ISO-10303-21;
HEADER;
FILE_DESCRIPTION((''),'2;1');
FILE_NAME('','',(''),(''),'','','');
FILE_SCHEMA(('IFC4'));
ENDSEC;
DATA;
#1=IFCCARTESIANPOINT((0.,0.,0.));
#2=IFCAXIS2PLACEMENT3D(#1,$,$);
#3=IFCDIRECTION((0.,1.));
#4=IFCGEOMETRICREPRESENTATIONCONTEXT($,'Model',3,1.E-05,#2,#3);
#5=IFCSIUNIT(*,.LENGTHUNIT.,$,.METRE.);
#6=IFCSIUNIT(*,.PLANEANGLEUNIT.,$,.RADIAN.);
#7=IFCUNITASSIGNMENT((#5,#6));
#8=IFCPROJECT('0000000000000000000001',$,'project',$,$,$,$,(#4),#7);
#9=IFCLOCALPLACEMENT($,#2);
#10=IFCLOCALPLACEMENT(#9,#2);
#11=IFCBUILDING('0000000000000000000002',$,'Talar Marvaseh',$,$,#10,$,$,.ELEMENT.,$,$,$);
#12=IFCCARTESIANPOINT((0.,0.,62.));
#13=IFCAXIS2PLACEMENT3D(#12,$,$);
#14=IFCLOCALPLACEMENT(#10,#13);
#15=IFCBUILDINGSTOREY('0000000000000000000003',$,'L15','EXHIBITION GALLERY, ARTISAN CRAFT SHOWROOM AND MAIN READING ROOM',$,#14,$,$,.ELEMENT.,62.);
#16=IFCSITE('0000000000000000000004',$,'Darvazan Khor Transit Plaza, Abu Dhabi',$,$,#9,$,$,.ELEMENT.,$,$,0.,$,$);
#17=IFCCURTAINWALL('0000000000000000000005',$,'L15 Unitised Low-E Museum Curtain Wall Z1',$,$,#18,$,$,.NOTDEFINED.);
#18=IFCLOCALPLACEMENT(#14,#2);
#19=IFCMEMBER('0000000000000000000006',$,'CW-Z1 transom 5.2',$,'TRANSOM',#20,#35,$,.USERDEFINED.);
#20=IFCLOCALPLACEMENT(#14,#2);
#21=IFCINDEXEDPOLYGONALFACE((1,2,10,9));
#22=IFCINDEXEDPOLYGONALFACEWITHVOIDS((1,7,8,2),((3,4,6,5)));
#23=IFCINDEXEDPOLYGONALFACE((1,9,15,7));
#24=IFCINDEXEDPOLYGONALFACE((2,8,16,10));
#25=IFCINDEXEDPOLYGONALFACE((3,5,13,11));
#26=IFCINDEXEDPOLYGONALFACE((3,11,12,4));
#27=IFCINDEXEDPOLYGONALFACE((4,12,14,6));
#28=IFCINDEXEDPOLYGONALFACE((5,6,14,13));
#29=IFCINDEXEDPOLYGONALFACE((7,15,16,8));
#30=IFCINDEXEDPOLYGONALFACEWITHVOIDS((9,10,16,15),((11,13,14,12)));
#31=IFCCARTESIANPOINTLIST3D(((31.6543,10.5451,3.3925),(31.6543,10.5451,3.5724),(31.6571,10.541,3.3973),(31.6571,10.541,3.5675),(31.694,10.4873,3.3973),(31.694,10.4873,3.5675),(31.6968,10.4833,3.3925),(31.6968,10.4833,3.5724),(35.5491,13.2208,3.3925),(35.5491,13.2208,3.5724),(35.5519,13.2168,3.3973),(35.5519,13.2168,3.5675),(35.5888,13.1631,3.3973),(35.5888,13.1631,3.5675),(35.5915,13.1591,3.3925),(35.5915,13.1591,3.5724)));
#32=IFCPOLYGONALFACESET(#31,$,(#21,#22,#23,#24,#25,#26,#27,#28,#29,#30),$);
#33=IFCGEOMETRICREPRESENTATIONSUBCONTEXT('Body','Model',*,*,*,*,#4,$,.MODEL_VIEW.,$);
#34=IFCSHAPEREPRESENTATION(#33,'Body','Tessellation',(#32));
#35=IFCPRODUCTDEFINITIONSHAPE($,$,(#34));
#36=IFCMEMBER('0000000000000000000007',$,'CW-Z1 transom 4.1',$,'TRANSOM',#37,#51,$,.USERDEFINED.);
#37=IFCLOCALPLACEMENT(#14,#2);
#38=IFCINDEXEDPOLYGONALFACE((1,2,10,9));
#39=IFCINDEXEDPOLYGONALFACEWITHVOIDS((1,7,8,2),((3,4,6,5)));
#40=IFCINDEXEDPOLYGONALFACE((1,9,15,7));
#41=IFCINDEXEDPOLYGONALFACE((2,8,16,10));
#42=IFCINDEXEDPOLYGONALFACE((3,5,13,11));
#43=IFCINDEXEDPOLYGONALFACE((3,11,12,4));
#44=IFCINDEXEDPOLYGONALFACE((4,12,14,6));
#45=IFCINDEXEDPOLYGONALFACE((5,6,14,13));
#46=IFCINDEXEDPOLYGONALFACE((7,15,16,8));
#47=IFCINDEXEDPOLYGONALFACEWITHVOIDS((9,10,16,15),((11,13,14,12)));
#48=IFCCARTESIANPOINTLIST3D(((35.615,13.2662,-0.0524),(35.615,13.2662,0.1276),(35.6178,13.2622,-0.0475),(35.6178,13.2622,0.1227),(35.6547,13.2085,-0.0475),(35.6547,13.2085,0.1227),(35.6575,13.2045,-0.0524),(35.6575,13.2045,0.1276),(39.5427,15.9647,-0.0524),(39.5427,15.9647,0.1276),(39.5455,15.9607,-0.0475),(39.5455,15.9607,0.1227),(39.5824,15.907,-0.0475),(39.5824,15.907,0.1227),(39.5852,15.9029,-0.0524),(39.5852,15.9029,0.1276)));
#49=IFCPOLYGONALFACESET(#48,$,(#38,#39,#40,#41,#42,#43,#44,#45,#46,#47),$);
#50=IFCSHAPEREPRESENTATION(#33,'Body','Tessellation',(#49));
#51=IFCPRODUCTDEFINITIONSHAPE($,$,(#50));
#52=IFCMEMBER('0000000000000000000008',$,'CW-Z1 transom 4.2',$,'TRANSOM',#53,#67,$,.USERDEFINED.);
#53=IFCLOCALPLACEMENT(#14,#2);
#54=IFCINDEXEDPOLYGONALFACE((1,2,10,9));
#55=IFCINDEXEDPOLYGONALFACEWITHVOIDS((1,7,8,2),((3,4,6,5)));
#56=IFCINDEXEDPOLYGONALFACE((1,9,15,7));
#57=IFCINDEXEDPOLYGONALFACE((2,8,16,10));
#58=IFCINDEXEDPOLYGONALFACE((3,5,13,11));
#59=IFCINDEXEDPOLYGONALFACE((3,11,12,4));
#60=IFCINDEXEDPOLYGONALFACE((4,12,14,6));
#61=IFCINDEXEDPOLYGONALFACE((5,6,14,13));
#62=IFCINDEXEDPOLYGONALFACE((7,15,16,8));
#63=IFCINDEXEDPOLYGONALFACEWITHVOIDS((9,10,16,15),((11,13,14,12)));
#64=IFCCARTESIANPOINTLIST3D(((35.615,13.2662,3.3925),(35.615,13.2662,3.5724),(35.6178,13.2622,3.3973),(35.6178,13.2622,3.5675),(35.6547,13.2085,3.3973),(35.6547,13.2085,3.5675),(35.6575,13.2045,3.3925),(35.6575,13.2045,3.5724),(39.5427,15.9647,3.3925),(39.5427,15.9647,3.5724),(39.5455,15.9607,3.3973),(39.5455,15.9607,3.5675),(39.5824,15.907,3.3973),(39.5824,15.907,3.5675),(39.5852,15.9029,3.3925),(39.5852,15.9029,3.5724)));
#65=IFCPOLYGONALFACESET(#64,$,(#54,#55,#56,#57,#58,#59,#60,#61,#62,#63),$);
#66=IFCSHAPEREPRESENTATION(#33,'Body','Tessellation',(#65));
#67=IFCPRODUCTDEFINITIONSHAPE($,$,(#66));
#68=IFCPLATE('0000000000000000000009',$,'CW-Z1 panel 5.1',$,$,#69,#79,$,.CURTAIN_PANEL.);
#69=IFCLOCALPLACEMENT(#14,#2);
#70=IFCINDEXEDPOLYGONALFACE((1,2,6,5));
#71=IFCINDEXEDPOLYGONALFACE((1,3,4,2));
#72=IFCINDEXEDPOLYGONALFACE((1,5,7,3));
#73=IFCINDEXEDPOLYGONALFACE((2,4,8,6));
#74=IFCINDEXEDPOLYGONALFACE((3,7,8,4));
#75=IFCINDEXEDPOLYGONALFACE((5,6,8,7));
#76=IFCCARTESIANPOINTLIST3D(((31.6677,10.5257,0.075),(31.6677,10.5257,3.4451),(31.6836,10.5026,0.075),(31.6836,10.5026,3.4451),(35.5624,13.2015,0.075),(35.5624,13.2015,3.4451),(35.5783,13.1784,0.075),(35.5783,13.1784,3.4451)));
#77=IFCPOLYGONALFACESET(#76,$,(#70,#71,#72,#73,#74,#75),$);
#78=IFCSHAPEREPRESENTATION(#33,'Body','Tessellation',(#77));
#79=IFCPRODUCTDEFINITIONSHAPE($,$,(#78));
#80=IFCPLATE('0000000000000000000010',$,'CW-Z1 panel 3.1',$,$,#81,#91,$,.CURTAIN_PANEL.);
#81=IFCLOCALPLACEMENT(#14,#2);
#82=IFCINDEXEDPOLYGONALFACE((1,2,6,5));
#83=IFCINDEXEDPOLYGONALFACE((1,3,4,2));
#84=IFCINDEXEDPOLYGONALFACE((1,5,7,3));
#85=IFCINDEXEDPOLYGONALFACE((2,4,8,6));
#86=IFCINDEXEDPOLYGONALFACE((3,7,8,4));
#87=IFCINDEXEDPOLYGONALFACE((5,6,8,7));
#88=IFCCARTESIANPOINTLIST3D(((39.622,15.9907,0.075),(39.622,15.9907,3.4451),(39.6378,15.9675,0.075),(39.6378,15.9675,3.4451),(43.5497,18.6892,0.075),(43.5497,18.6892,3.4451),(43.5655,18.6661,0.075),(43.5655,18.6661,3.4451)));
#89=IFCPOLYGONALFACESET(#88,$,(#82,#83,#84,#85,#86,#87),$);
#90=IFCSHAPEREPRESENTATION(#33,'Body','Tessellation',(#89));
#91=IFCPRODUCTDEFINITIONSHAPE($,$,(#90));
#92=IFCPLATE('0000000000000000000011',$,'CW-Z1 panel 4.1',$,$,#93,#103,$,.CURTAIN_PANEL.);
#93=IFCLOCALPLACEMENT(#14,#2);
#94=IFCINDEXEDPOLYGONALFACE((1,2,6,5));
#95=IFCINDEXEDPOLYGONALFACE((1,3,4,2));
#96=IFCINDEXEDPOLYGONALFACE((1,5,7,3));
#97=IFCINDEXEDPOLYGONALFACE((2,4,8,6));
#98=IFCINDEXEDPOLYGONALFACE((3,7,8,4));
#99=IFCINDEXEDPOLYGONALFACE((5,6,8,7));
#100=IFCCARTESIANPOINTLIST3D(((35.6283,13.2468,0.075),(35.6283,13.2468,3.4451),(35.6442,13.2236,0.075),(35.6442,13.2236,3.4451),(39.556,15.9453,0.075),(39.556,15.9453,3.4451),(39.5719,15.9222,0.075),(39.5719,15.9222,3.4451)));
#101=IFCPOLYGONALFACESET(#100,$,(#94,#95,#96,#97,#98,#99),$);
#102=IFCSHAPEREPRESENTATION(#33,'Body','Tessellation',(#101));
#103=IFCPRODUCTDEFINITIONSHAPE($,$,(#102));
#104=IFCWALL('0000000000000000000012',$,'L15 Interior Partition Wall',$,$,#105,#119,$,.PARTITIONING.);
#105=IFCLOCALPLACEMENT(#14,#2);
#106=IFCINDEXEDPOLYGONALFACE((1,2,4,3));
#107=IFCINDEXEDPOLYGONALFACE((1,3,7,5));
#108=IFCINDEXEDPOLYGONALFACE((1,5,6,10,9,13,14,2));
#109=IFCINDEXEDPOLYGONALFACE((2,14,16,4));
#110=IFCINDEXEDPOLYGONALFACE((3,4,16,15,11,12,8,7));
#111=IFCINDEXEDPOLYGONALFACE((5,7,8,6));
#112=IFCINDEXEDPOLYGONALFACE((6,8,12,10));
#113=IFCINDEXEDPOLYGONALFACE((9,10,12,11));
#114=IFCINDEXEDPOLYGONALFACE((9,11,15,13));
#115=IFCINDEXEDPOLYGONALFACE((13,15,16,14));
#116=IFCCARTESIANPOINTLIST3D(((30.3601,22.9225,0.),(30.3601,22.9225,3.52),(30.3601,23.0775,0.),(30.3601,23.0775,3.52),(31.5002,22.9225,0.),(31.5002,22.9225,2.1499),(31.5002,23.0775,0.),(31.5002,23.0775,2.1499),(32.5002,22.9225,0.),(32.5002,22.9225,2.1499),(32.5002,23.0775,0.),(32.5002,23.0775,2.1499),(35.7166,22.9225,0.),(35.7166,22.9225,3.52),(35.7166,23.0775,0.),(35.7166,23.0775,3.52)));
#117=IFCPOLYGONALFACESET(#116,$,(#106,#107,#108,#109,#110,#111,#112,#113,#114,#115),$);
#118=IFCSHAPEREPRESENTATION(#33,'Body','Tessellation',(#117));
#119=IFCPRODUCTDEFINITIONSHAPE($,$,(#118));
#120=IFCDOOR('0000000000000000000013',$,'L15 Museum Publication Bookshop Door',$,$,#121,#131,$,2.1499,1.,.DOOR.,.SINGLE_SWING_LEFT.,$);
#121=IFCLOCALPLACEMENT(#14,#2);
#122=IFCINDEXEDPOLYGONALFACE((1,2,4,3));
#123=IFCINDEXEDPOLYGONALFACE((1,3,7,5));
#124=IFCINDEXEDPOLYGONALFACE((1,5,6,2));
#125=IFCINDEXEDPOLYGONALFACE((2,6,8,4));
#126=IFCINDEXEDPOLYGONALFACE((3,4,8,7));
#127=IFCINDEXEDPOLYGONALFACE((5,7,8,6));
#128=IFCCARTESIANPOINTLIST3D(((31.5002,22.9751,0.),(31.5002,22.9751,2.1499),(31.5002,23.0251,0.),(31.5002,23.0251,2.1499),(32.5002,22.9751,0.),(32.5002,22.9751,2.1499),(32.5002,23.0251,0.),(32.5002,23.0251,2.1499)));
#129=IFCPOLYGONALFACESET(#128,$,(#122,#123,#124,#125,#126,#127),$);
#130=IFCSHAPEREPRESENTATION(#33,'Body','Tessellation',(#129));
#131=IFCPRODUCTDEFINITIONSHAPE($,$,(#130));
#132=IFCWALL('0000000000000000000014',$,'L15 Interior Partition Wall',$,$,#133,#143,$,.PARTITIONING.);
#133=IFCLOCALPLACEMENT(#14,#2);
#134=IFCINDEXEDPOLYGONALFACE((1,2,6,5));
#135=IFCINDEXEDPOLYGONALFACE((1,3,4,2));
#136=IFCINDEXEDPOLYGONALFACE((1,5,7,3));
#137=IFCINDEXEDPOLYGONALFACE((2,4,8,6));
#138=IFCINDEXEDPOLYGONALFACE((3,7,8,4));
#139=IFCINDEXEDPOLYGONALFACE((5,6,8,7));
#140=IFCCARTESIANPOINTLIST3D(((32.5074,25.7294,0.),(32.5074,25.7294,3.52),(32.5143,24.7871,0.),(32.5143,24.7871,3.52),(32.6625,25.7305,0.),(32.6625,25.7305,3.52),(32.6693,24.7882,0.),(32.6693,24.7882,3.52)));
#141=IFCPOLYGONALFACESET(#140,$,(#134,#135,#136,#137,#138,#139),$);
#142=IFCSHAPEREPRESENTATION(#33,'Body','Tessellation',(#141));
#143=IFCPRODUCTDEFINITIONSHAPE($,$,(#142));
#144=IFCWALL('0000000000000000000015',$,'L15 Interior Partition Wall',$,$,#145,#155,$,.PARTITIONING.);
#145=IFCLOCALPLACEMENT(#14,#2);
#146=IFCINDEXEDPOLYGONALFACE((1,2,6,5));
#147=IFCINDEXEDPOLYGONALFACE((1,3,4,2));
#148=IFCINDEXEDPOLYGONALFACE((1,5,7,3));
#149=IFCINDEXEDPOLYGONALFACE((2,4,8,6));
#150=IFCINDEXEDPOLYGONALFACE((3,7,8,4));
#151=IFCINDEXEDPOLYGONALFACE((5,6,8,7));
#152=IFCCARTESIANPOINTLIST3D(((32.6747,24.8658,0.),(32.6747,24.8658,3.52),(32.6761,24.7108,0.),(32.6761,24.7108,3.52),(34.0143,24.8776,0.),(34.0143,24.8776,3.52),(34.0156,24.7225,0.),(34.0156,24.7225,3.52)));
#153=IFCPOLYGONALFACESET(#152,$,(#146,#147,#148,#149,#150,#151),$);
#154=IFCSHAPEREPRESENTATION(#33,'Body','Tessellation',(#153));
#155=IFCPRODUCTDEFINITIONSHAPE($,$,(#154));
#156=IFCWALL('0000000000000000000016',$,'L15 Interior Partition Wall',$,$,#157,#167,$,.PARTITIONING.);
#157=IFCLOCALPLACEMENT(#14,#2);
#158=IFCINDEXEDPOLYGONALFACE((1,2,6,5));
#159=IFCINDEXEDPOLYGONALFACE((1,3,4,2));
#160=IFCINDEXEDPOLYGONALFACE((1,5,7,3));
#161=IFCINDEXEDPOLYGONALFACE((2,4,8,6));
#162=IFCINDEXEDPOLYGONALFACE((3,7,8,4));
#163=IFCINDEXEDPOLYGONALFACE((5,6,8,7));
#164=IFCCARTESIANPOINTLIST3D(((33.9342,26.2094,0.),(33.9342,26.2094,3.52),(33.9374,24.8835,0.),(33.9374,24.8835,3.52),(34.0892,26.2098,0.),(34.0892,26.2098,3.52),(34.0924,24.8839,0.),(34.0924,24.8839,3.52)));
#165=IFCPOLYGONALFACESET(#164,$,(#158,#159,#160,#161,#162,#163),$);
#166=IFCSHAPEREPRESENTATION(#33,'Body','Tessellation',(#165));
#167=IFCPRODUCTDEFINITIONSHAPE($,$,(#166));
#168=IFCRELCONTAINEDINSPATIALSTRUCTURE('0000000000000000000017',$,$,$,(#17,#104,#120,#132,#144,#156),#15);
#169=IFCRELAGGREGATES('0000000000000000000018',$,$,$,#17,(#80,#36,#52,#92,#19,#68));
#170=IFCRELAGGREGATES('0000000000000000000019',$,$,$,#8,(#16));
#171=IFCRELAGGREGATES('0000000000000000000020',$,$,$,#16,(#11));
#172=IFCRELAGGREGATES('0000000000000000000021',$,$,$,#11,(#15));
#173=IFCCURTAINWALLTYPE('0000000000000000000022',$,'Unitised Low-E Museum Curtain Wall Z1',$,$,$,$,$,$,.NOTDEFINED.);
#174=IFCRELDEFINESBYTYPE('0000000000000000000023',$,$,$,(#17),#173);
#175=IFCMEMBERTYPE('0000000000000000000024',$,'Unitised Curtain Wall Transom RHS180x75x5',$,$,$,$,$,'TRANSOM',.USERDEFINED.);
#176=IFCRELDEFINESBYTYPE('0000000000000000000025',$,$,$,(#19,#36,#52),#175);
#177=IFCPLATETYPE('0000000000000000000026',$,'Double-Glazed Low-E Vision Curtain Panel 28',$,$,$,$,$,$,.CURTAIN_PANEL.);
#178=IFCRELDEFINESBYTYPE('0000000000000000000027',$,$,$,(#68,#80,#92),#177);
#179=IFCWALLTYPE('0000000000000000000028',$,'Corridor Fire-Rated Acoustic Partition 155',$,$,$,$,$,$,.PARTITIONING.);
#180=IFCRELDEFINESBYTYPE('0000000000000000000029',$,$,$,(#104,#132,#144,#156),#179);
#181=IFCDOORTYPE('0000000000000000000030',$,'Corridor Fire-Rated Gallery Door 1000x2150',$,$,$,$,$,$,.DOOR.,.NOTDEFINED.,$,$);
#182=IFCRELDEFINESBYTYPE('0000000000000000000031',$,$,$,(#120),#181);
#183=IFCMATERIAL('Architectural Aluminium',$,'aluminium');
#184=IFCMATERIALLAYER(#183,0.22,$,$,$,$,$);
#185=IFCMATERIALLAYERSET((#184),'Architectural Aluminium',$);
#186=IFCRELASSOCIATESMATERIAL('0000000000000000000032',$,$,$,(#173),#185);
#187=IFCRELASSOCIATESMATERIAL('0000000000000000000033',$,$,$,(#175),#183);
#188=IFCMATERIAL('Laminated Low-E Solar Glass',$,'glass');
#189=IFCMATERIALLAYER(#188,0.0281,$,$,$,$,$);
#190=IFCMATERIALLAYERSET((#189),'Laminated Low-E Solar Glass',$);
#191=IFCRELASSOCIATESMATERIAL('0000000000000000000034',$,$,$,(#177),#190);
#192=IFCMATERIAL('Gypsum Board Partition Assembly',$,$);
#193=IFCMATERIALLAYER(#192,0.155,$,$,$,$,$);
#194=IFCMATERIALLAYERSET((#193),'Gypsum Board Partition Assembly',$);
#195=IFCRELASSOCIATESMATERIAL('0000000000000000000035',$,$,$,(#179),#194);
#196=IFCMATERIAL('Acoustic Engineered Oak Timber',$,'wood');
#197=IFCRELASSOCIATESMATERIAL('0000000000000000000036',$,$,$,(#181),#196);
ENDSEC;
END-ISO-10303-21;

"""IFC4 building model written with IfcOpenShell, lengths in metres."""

from ifc_helpers import new_model, si_unit, direction, frame, frame_2d, origin, origin_2d, place, context, subcontext, project, spatial, rectangle, hollow_rectangle, extrude, source, transform, mapped, material, layer, layer_set, material_profile, profile_set, type_object, type_shapes, element, fill, aggregate, save


model = new_model("IFC4")

# Units and contexts
model_context = context("Model", 3, precision=1e-05, world=origin(), true_north=direction((0.0, 1.0)))
body_context = subcontext(model_context, "Body", "Model", "MODEL_VIEW")
ifc_project = project(units=[si_unit("LENGTHUNIT", "METRE"), si_unit("PLANEANGLEUNIT", "RADIAN")], contexts=[model_context])

# Site, building, storey
site_placement = place(None, origin())
site = spatial("IfcSite", under=ifc_project, at=site_placement, Name="Darvazan Khor Transit Plaza, Abu Dhabi", CompositionType="ELEMENT", RefElevation=0.0)
building_placement = place(site_placement, origin())
building = spatial("IfcBuilding", under=site, at=building_placement, Name="Talar Marvaseh", CompositionType="ELEMENT")
storey_placement = place(building_placement, frame((0.0, 0.0, 62.0)))
storey = spatial("IfcBuildingStorey", under=building, at=storey_placement, Name="L15", Description="EXHIBITION GALLERY, ARTISAN CRAFT SHOWROOM AND MAIN READING ROOM", CompositionType="ELEMENT", Elevation=62.0)

# Curtain wall, members, plates
ifc_material_1 = material(Name="Architectural Aluminium", Category="aluminium")
ifc_layer_1 = layer(ifc_material_1, 0.22)
ifc_layer_set_1 = layer_set([ifc_layer_1], Name="Architectural Aluminium")
curtain_wall_type = type_object("IfcCurtainWallType", Name="Unitised Low-E Museum Curtain Wall Z1", PredefinedType="NOTDEFINED", material=ifc_layer_set_1)
curtain_wall_placement = place(storey_placement, origin())
curtain_wall = element("IfcCurtainWall", 1, at=curtain_wall_placement, inside=storey, type_object=curtain_wall_type, Name="L15 Unitised Low-E Museum Curtain Wall Z1", PredefinedType="NOTDEFINED")
ifc_material_profile_1 = material_profile(ifc_material_1, hollow_rectangle(XDim=0.075, YDim=0.1799, WallThickness=0.0049, at=origin_2d()), Name="RHS180x75x5")
ifc_profile_set_1 = profile_set([ifc_material_profile_1], Name="Architectural Aluminium")
member_type_1 = type_object("IfcMemberType", Name="Unitised Curtain Wall Transom RHS180x75x5", ElementType="TRANSOM", PredefinedType="USERDEFINED", material=ifc_profile_set_1)
shared_shape_1 = source(origin(), body_context, "Body", "SweptSolid", [
    extrude(hollow_rectangle(XDim=0.075, YDim=0.1799, WallThickness=0.0049, at=origin_2d()), origin(), (0.0, 0.0, 1.0), 4.7253),
])
member_1_placement = place(storey_placement, frame((35.5703, 13.1899, 3.4824), z_axis=(-0.824227, -0.566259, 0.0), x_axis=(0.566259, -0.824227, 0.0)))
member_1 = element("IfcMember", 2, at=member_1_placement, type_object=member_type_1, Name="CW-Z1 transom 5.2", ObjectType="TRANSOM", PredefinedType="USERDEFINED", context=body_context, shape_type="MappedRepresentation", body=[
    mapped(shared_shape_1, transform((0.0, 0.0, 0.0), x_axis=(1.0, 0.0, 0.0), y_axis=(0.0, 1.0, 0.0), z_axis=(0.0, 0.0, 1.0), scale=1.0)),
])
shared_shape_2 = source(origin(), body_context, "Body", "SweptSolid", [
    extrude(hollow_rectangle(XDim=0.075, YDim=0.1799, WallThickness=0.0049, at=origin_2d()), origin(), (0.0, 0.0, 1.0), 4.7654),
])
type_shapes(member_type_1, [shared_shape_1, shared_shape_2])
member_2_placement = place(storey_placement, frame((39.564, 15.9338, 0.0376), z_axis=(-0.824221, -0.566268, 0.0), x_axis=(0.566268, -0.824221, 0.0)))
member_2 = element("IfcMember", 3, at=member_2_placement, type_object=member_type_1, Name="CW-Z1 transom 4.1", ObjectType="TRANSOM", PredefinedType="USERDEFINED", context=body_context, shape_type="MappedRepresentation", body=[
    mapped(shared_shape_2, transform((0.0, 0.0, 0.0), x_axis=(1.0, 0.0, 0.0), y_axis=(0.0, 1.0, 0.0), z_axis=(0.0, 0.0, 1.0), scale=1.0)),
])
member_3_placement = place(storey_placement, frame((39.564, 15.9338, 3.4824), z_axis=(-0.824221, -0.566268, 0.0), x_axis=(0.566268, -0.824221, 0.0)))
member_3 = element("IfcMember", 4, at=member_3_placement, type_object=member_type_1, Name="CW-Z1 transom 4.2", ObjectType="TRANSOM", PredefinedType="USERDEFINED", context=body_context, shape_type="MappedRepresentation", body=[
    mapped(shared_shape_2, transform((0.0, 0.0, 0.0), x_axis=(1.0, 0.0, 0.0), y_axis=(0.0, 1.0, 0.0), z_axis=(0.0, 0.0, 1.0), scale=1.0)),
])
ifc_material_2 = material(Name="Laminated Low-E Solar Glass", Category="glass")
ifc_layer_2 = layer(ifc_material_2, 0.0281)
ifc_layer_set_2 = layer_set([ifc_layer_2], Name="Laminated Low-E Solar Glass")
plate_type = type_object("IfcPlateType", Name="Double-Glazed Low-E Vision Curtain Panel 28", PredefinedType="CURTAIN_PANEL", material=ifc_layer_set_2)
shared_shape_3 = source(origin(), body_context, "Body", "SweptSolid", [
    extrude(rectangle(XDim=4.7253, YDim=0.0281, at=origin_2d()), origin(), (0.0, 0.0, 1.0), 3.3701),
])
plate_1_placement = place(storey_placement, frame((33.623, 11.8521, 0.075), z_axis=(0.0, 0.0, 1.0), x_axis=(-0.824215, -0.566277, 0.0)))
plate_1 = element("IfcPlate", 5, at=plate_1_placement, type_object=plate_type, Name="CW-Z1 panel 5.1", PredefinedType="CURTAIN_PANEL", context=body_context, shape_type="MappedRepresentation", body=[
    mapped(shared_shape_3, transform((0.0, 0.0, 0.0), x_axis=(1.0, 0.0, 0.0), y_axis=(0.0, 1.0, 0.0), z_axis=(0.0, 0.0, 1.0), scale=1.0)),
])
shared_shape_4 = source(origin(), body_context, "Body", "SweptSolid", [
    extrude(rectangle(XDim=4.7654, YDim=0.0281, at=origin_2d()), origin(), (0.0, 0.0, 1.0), 3.3701),
])
type_shapes(plate_type, [shared_shape_3, shared_shape_4])
plate_2_placement = place(storey_placement, frame((41.5938, 17.3284, 0.075), z_axis=(0.0, 0.0, 1.0), x_axis=(-0.824215, -0.566277, 0.0)))
plate_2 = element("IfcPlate", 6, at=plate_2_placement, type_object=plate_type, Name="CW-Z1 panel 3.1", PredefinedType="CURTAIN_PANEL", context=body_context, shape_type="MappedRepresentation", body=[
    mapped(shared_shape_4, transform((0.0, 0.0, 0.0), x_axis=(1.0, 0.0, 0.0), y_axis=(0.0, 1.0, 0.0), z_axis=(0.0, 0.0, 1.0), scale=1.0)),
])
plate_3_placement = place(storey_placement, frame((37.6001, 14.5845, 0.075), z_axis=(0.0, 0.0, 1.0), x_axis=(-0.824215, -0.566277, 0.0)))
plate_3 = element("IfcPlate", 7, at=plate_3_placement, type_object=plate_type, Name="CW-Z1 panel 4.1", PredefinedType="CURTAIN_PANEL", context=body_context, shape_type="MappedRepresentation", body=[
    mapped(shared_shape_4, transform((0.0, 0.0, 0.0), x_axis=(1.0, 0.0, 0.0), y_axis=(0.0, 1.0, 0.0), z_axis=(0.0, 0.0, 1.0), scale=1.0)),
])
aggregate(curtain_wall, [plate_2, member_2, member_3, plate_3, member_1, plate_1])

# Wall, opening, door
ifc_material_3 = material(Name="Gypsum Board Partition Assembly")
ifc_layer_3 = layer(ifc_material_3, 0.155)
ifc_layer_set_3 = layer_set([ifc_layer_3], Name="Gypsum Board Partition Assembly")
wall_type_1 = type_object("IfcWallType", Name="Corridor Fire-Rated Acoustic Partition 155", PredefinedType="PARTITIONING", material=ifc_layer_set_3)
wall_1_placement = place(storey_placement, frame((35.7166, 23.0, 0.0), z_axis=(0.0, 0.0, 1.0), x_axis=(-1.0, 0.0, 0.0)))
wall_1 = element("IfcWall", 8, at=wall_1_placement, inside=storey, type_object=wall_type_1, Name="L15 Interior Partition Wall", PredefinedType="PARTITIONING", context=body_context, shape_type="SweptSolid", body=[
    extrude(rectangle(XDim=5.3564, YDim=0.155, at=frame_2d((2.6782, 0.0))), origin(), (0.0, 0.0, 1.0), 3.52),
])
opening_1_placement = place(wall_1_placement, frame((3.2163, 0.0, 0.0)))
opening_1 = element("IfcOpeningElement", 9, at=opening_1_placement, cuts=wall_1, PredefinedType="OPENING", context=body_context, shape_type="SweptSolid", body=[
    extrude(rectangle(XDim=1.0, YDim=2.1499, at=frame_2d((0.5, 1.075))), frame((0.0, 0.0874, 0.0), z_axis=(0.0, -1.0, 0.0), x_axis=(1.0, 0.0, 0.0)), (0.0, 0.0, 1.0), 0.175),
])
ifc_material_4 = material(Name="Acoustic Engineered Oak Timber", Category="wood")
door_type_1 = type_object("IfcDoorType", Name="Corridor Fire-Rated Gallery Door 1000x2150", OperationType="NOTDEFINED", PredefinedType="DOOR", material=ifc_material_4)
shared_shape_5 = source(origin(), body_context, "Body", "SweptSolid", [
    extrude(rectangle(XDim=1.0, YDim=2.1499, at=frame_2d((0.5, 1.075))), frame((0.0, 0.0249, 0.0), z_axis=(0.0, -1.0, 0.0), x_axis=(1.0, 0.0, 0.0)), (0.0, 0.0, 1.0), 0.05),
])
type_shapes(door_type_1, [shared_shape_5])
door_1_placement = place(opening_1_placement, origin())
door_1 = element("IfcDoor", 10, at=door_1_placement, inside=storey, type_object=door_type_1, Name="L15 Museum Publication Bookshop Door", OperationType="SINGLE_SWING_LEFT", OverallHeight=2.1499, OverallWidth=1.0, PredefinedType="DOOR", context=body_context, shape_type="MappedRepresentation", body=[
    mapped(shared_shape_5, transform((0.0, 0.0, 0.0), x_axis=(1.0, 0.0, 0.0), y_axis=(0.0, 1.0, 0.0), z_axis=(0.0, 0.0, 1.0), scale=1.0)),
])
fill(opening_1, door_1)

# Walls
wall_2_placement = place(storey_placement, frame((32.585, 25.73, 0.0), z_axis=(0.0, 0.0, 1.0), x_axis=(0.007254, -0.999974, 0.0)))
element("IfcWall", 11, at=wall_2_placement, inside=storey, type_object=wall_type_1, Name="L15 Interior Partition Wall", PredefinedType="PARTITIONING", context=body_context, shape_type="SweptSolid", body=[
    extrude(rectangle(XDim=0.9424, YDim=0.155, at=frame_2d((0.4712, 0.0))), origin(), (0.0, 0.0, 1.0), 3.52),
])
wall_3_placement = place(storey_placement, frame((32.6753, 24.7883, 0.0), z_axis=(0.0, 0.0, 1.0), x_axis=(0.999962, 0.008748, 0.0)))
element("IfcWall", 12, at=wall_3_placement, inside=storey, type_object=wall_type_1, Name="L15 Interior Partition Wall", PredefinedType="PARTITIONING", context=body_context, shape_type="SweptSolid", body=[
    extrude(rectangle(XDim=1.3396, YDim=0.155, at=frame_2d((0.6699, 0.0))), origin(), (0.0, 0.0, 1.0), 3.52),
])
wall_4_placement = place(storey_placement, frame((34.0149, 24.8835, 0.0), z_axis=(0.0, 0.0, 1.0), x_axis=(-0.002394, 0.999997, 0.0)))
element("IfcWall", 13, at=wall_4_placement, inside=storey, type_object=wall_type_1, Name="L15 Interior Partition Wall", PredefinedType="PARTITIONING", context=body_context, shape_type="SweptSolid", body=[
    extrude(rectangle(XDim=1.3259, YDim=0.155, at=frame_2d((0.6631, 0.0))), origin(), (0.0, 0.0, 1.0), 3.52),
])

save(model, "model.ifc")
